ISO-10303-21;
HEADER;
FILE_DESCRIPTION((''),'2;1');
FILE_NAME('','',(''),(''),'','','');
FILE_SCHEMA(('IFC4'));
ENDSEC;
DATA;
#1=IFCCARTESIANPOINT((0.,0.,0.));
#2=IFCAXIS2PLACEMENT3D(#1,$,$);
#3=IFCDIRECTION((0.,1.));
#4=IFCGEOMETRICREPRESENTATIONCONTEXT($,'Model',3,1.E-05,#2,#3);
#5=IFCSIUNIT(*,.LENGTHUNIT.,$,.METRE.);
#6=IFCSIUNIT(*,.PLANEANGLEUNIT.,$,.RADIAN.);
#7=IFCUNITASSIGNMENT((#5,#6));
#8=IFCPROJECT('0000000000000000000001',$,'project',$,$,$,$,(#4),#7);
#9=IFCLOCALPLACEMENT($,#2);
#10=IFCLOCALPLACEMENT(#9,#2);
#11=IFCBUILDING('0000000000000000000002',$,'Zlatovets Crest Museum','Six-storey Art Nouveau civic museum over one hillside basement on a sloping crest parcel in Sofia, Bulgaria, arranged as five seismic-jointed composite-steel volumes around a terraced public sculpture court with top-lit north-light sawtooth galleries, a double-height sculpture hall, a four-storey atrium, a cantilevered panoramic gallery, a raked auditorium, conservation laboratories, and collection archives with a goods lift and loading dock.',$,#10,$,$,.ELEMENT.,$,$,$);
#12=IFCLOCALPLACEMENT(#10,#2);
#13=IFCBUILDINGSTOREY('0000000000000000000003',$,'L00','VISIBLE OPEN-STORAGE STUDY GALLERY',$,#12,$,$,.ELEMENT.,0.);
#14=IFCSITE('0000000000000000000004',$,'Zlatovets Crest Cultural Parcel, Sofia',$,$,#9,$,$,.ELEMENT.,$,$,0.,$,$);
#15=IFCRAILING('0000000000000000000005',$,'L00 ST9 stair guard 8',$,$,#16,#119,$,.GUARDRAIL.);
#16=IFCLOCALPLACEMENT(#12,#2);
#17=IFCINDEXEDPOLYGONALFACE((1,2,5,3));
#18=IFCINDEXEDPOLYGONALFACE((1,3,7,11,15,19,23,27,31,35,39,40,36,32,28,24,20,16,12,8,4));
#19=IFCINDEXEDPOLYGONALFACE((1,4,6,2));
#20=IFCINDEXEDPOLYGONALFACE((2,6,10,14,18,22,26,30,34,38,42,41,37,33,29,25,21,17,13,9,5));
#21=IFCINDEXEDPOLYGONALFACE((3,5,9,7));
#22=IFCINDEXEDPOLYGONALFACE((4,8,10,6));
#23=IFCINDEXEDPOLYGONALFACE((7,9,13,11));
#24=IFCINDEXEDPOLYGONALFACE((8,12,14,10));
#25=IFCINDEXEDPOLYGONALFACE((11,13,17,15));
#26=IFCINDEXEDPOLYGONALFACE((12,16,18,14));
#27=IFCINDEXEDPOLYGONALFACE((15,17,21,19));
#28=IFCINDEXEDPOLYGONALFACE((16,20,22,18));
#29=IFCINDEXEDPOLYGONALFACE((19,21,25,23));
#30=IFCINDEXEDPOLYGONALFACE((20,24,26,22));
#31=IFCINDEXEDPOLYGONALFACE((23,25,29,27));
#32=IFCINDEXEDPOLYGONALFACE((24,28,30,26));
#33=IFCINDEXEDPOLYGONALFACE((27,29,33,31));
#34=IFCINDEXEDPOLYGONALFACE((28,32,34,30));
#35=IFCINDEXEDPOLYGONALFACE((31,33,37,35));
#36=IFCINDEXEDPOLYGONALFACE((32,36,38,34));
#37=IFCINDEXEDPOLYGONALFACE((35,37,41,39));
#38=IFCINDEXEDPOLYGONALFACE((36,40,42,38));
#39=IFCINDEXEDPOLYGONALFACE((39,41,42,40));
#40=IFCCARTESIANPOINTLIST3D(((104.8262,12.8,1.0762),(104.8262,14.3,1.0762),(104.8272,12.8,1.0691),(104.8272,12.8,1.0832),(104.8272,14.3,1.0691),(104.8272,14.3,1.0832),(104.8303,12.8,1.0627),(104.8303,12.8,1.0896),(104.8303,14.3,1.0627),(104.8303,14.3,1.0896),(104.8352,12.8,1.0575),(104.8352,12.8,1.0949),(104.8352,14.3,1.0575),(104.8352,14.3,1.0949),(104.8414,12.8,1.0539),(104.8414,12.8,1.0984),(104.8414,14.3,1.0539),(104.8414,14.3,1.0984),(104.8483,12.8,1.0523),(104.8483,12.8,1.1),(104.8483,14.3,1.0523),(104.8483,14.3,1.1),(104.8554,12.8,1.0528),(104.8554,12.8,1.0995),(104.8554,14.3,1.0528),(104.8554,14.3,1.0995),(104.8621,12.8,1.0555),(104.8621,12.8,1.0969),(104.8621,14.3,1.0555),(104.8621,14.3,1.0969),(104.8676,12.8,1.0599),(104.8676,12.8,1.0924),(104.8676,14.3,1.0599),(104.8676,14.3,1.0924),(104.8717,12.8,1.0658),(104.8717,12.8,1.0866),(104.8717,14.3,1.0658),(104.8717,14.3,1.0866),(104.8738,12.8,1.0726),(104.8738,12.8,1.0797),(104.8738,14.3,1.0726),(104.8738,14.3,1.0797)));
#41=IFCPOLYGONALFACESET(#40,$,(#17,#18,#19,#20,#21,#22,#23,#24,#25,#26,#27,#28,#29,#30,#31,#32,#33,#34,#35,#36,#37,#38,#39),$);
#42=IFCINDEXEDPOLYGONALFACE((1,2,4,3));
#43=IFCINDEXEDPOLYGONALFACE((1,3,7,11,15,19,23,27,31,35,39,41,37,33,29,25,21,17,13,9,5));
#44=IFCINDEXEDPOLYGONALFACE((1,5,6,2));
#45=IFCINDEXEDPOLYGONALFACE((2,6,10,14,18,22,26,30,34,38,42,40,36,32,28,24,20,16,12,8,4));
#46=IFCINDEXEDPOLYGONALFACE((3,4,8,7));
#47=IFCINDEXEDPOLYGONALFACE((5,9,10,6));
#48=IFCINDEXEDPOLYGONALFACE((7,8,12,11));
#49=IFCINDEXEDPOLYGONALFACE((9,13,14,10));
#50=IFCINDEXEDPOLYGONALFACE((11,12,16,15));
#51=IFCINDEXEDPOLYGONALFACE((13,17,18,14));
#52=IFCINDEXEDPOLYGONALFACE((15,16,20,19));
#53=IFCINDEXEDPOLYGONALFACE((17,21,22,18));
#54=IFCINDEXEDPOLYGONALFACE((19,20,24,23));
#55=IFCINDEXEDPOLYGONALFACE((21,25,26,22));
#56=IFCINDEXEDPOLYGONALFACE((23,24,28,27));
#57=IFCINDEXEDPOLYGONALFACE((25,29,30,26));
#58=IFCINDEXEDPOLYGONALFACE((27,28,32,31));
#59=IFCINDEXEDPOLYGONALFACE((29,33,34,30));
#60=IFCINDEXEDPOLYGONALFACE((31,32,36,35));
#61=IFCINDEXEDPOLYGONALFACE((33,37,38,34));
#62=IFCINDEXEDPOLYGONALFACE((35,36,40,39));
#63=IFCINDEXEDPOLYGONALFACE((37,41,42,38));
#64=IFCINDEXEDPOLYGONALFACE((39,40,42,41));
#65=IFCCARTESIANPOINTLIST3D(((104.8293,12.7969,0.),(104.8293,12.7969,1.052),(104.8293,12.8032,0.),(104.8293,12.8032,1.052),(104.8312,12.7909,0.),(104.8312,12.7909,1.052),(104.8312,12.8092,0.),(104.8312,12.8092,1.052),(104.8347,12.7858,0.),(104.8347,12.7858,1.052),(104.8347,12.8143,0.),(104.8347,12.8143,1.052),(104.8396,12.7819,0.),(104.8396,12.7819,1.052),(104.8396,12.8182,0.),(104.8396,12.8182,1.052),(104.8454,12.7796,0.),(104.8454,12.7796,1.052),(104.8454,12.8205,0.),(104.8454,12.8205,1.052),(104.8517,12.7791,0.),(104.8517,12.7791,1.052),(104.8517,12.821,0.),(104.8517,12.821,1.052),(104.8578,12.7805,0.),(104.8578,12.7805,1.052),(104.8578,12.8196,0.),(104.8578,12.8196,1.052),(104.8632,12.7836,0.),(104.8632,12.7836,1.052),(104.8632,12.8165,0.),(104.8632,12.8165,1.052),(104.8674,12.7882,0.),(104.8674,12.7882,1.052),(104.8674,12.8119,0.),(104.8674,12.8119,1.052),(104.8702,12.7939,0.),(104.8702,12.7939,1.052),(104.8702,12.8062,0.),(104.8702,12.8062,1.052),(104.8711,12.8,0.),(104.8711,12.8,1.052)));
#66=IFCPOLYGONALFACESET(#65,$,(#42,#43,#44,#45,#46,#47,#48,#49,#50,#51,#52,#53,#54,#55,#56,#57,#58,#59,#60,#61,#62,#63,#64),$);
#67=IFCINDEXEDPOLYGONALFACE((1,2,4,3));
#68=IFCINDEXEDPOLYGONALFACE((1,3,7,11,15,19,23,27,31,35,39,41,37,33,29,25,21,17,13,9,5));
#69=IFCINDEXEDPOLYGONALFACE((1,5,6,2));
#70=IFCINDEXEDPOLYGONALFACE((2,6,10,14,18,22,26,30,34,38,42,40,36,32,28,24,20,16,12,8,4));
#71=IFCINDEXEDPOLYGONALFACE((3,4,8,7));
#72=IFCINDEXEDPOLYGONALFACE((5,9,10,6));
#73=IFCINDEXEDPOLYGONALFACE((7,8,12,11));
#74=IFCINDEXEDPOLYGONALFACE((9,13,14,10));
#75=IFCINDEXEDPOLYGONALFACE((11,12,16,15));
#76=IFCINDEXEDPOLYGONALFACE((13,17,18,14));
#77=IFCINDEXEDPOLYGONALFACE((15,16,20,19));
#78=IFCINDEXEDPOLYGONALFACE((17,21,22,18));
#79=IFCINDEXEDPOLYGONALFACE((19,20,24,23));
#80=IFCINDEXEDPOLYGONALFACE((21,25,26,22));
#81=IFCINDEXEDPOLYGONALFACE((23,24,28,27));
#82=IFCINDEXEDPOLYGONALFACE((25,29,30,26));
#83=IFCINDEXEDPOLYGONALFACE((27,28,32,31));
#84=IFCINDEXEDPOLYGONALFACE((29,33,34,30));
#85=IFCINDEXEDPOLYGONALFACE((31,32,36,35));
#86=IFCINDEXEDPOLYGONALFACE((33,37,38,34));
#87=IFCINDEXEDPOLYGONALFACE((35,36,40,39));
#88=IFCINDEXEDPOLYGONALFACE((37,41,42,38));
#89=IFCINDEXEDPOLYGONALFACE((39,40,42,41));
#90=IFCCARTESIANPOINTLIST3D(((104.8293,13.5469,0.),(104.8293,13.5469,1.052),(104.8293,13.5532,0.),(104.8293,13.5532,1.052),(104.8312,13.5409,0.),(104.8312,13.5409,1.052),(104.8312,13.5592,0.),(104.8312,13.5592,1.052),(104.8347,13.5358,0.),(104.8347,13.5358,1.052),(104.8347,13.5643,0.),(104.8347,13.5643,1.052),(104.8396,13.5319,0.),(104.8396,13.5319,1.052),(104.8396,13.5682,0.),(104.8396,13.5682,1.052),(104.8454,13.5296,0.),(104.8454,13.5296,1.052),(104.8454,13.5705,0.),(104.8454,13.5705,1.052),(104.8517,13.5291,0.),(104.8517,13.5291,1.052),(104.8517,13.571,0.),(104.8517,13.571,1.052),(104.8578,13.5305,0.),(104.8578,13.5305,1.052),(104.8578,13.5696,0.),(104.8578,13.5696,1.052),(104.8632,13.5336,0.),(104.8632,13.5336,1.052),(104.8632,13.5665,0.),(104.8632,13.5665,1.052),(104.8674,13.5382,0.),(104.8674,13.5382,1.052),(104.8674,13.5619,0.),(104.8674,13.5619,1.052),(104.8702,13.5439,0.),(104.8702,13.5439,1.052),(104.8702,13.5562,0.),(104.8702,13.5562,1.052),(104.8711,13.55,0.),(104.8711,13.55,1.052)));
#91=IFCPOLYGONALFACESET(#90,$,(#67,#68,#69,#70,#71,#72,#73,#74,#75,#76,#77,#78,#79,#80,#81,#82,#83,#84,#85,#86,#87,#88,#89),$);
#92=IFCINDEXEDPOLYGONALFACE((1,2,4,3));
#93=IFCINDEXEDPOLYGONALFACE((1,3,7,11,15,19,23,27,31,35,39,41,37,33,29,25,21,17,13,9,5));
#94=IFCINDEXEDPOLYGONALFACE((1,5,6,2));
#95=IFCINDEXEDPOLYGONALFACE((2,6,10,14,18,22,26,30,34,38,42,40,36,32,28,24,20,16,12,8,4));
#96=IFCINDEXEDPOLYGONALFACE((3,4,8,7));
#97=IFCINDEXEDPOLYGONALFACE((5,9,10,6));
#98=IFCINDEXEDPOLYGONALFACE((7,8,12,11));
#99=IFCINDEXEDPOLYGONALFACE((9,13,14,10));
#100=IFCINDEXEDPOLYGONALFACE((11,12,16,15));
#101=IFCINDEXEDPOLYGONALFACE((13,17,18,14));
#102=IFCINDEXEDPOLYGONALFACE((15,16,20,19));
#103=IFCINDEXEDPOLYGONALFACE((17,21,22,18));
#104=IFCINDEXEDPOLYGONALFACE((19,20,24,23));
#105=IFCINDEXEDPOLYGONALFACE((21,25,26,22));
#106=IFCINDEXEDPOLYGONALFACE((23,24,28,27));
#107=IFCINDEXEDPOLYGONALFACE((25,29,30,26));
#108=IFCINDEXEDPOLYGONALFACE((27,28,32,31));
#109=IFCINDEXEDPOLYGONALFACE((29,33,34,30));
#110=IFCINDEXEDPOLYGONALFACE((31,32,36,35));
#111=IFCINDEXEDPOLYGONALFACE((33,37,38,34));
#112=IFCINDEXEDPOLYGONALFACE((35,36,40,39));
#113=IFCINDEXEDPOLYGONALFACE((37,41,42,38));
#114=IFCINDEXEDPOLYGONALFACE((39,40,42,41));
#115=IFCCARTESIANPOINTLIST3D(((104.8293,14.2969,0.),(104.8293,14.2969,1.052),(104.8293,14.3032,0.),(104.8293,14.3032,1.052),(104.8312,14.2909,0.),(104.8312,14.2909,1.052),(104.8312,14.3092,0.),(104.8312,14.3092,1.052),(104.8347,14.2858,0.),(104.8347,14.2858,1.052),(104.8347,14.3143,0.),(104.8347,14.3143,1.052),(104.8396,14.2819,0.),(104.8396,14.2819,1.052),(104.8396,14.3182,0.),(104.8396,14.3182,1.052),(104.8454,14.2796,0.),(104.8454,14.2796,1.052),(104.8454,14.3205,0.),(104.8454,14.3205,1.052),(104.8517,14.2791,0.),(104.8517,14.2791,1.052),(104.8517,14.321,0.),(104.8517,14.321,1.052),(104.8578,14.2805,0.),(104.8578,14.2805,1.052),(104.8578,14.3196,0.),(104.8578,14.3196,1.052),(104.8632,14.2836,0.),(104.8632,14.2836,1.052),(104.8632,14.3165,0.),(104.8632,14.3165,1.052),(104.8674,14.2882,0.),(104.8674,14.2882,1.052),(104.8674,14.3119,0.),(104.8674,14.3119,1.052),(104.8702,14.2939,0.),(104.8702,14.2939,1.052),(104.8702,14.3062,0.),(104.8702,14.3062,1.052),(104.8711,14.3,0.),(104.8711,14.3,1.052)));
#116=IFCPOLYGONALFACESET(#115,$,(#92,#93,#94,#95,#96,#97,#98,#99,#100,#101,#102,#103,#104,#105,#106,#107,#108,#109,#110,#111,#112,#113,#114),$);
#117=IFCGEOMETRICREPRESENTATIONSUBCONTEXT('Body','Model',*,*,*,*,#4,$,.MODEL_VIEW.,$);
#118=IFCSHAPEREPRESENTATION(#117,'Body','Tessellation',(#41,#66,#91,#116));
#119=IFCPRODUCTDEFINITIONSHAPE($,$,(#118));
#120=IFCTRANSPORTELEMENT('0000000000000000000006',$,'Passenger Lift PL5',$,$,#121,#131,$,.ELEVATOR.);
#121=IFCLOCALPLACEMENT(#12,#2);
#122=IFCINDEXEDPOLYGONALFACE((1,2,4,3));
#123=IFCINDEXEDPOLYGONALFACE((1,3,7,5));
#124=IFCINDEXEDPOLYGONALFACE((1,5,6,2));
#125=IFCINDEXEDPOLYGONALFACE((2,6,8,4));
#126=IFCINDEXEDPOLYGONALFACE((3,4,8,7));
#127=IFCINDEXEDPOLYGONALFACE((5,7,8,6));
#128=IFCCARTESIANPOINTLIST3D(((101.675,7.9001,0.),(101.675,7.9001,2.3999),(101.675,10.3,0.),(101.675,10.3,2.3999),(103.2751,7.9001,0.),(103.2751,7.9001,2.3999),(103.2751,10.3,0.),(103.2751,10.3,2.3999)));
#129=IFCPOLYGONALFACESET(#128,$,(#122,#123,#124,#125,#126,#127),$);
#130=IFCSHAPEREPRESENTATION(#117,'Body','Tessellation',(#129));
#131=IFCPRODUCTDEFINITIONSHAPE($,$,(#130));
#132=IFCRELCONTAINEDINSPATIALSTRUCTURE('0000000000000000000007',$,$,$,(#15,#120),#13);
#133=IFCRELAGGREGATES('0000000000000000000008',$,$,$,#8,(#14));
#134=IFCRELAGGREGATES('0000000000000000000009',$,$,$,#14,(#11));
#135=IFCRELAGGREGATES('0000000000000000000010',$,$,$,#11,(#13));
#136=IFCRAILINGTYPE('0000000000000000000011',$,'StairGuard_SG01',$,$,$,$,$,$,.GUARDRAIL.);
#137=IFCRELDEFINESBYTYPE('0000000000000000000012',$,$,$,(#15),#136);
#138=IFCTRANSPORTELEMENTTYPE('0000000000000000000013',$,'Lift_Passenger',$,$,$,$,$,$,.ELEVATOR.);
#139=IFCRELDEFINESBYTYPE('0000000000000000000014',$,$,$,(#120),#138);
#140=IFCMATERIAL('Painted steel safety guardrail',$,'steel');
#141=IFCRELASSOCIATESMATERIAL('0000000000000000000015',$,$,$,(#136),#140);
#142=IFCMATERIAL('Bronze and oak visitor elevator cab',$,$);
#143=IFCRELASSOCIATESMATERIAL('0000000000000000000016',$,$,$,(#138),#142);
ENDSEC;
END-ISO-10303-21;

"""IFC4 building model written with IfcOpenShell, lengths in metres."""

from ifc_helpers import new_model, si_unit, direction, frame, origin, origin_2d, place, context, subcontext, project, spatial, rectangle, circle, extrude, material, type_object, element, save


model = new_model("IFC4")

# Units and contexts
model_context = context("Model", 3, precision=1e-05, world=origin(), true_north=direction((0.0, 1.0)))
body_context = subcontext(model_context, "Body", "Model", "MODEL_VIEW")
ifc_project = project(units=[si_unit("LENGTHUNIT", "METRE"), si_unit("PLANEANGLEUNIT", "RADIAN")], contexts=[model_context])

# Site, building, storey
site_placement = place(None, origin())
site = spatial("IfcSite", under=ifc_project, at=site_placement, Name="Zlatovets Crest Cultural Parcel, Sofia", CompositionType="ELEMENT", RefElevation=0.0)
building_placement = place(site_placement, origin())
building = spatial("IfcBuilding", under=site, at=building_placement, Name="Zlatovets Crest Museum", Description="Six-storey Art Nouveau civic museum over one hillside basement on a sloping crest parcel in Sofia, Bulgaria, arranged as five seismic-jointed composite-steel volumes around a terraced public sculpture court with top-lit north-light sawtooth galleries, a double-height sculpture hall, a four-storey atrium, a cantilevered panoramic gallery, a raked auditorium, conservation laboratories, and collection archives with a goods lift and loading dock.", CompositionType="ELEMENT")
storey_placement = place(building_placement, origin())
storey = spatial("IfcBuildingStorey", under=building, at=storey_placement, Name="L00", Description="VISIBLE OPEN-STORAGE STUDY GALLERY", CompositionType="ELEMENT", Elevation=0.0)

# Railing
ifc_material_1 = material(Name="Painted steel safety guardrail", Category="steel")
railing_type = type_object("IfcRailingType", Name="StairGuard_SG01", PredefinedType="GUARDRAIL", material=ifc_material_1)
for number, where, name in (
    (1, (104.8501, 12.8, 0.0), "L00 ST9 stair guard 8"),
):
    element("IfcRailing", number, at=place(storey_placement, frame(where)), inside=storey, type_object=railing_type, Name=name, PredefinedType="GUARDRAIL", context=body_context, shape_type="SweptSolid", body=[
        extrude(circle(Radius=0.0239, at=origin_2d()), frame((0.0, 0.0, 1.0762), z_axis=(0.0, 1.0, 0.0), x_axis=(-1.0, 0.0, 0.0)), (0.0, 0.0, 1.0), 1.5),
        extrude(circle(Radius=0.021, at=origin_2d()), origin(), (0.0, 0.0, 1.0), 1.052),
        extrude(circle(Radius=0.021, at=origin_2d()), frame((0.0, 0.75, 0.0)), (0.0, 0.0, 1.0), 1.052),
        extrude(circle(Radius=0.021, at=origin_2d()), frame((0.0, 1.5, 0.0)), (0.0, 0.0, 1.0), 1.052),
    ])

# Transport element
ifc_material_2 = material(Name="Bronze and oak visitor elevator cab")
transport_element_type = type_object("IfcTransportElementType", Name="Lift_Passenger", PredefinedType="ELEVATOR", material=ifc_material_2)
transport_element_placement = place(storey_placement, frame((102.4751, 9.1001, 0.0), z_axis=(0.0, 0.0, 1.0), x_axis=(1.0, 0.0, 0.0)))
element("IfcTransportElement", 2, at=transport_element_placement, inside=storey, type_object=transport_element_type, Name="Passenger Lift PL5", PredefinedType="ELEVATOR", context=body_context, shape_type="SweptSolid", body=[
    extrude(rectangle(XDim=1.6001, YDim=2.3999, at=origin_2d()), origin(), (0.0, 0.0, 1.0), 2.3999),
])

save(model, "model.ifc")
